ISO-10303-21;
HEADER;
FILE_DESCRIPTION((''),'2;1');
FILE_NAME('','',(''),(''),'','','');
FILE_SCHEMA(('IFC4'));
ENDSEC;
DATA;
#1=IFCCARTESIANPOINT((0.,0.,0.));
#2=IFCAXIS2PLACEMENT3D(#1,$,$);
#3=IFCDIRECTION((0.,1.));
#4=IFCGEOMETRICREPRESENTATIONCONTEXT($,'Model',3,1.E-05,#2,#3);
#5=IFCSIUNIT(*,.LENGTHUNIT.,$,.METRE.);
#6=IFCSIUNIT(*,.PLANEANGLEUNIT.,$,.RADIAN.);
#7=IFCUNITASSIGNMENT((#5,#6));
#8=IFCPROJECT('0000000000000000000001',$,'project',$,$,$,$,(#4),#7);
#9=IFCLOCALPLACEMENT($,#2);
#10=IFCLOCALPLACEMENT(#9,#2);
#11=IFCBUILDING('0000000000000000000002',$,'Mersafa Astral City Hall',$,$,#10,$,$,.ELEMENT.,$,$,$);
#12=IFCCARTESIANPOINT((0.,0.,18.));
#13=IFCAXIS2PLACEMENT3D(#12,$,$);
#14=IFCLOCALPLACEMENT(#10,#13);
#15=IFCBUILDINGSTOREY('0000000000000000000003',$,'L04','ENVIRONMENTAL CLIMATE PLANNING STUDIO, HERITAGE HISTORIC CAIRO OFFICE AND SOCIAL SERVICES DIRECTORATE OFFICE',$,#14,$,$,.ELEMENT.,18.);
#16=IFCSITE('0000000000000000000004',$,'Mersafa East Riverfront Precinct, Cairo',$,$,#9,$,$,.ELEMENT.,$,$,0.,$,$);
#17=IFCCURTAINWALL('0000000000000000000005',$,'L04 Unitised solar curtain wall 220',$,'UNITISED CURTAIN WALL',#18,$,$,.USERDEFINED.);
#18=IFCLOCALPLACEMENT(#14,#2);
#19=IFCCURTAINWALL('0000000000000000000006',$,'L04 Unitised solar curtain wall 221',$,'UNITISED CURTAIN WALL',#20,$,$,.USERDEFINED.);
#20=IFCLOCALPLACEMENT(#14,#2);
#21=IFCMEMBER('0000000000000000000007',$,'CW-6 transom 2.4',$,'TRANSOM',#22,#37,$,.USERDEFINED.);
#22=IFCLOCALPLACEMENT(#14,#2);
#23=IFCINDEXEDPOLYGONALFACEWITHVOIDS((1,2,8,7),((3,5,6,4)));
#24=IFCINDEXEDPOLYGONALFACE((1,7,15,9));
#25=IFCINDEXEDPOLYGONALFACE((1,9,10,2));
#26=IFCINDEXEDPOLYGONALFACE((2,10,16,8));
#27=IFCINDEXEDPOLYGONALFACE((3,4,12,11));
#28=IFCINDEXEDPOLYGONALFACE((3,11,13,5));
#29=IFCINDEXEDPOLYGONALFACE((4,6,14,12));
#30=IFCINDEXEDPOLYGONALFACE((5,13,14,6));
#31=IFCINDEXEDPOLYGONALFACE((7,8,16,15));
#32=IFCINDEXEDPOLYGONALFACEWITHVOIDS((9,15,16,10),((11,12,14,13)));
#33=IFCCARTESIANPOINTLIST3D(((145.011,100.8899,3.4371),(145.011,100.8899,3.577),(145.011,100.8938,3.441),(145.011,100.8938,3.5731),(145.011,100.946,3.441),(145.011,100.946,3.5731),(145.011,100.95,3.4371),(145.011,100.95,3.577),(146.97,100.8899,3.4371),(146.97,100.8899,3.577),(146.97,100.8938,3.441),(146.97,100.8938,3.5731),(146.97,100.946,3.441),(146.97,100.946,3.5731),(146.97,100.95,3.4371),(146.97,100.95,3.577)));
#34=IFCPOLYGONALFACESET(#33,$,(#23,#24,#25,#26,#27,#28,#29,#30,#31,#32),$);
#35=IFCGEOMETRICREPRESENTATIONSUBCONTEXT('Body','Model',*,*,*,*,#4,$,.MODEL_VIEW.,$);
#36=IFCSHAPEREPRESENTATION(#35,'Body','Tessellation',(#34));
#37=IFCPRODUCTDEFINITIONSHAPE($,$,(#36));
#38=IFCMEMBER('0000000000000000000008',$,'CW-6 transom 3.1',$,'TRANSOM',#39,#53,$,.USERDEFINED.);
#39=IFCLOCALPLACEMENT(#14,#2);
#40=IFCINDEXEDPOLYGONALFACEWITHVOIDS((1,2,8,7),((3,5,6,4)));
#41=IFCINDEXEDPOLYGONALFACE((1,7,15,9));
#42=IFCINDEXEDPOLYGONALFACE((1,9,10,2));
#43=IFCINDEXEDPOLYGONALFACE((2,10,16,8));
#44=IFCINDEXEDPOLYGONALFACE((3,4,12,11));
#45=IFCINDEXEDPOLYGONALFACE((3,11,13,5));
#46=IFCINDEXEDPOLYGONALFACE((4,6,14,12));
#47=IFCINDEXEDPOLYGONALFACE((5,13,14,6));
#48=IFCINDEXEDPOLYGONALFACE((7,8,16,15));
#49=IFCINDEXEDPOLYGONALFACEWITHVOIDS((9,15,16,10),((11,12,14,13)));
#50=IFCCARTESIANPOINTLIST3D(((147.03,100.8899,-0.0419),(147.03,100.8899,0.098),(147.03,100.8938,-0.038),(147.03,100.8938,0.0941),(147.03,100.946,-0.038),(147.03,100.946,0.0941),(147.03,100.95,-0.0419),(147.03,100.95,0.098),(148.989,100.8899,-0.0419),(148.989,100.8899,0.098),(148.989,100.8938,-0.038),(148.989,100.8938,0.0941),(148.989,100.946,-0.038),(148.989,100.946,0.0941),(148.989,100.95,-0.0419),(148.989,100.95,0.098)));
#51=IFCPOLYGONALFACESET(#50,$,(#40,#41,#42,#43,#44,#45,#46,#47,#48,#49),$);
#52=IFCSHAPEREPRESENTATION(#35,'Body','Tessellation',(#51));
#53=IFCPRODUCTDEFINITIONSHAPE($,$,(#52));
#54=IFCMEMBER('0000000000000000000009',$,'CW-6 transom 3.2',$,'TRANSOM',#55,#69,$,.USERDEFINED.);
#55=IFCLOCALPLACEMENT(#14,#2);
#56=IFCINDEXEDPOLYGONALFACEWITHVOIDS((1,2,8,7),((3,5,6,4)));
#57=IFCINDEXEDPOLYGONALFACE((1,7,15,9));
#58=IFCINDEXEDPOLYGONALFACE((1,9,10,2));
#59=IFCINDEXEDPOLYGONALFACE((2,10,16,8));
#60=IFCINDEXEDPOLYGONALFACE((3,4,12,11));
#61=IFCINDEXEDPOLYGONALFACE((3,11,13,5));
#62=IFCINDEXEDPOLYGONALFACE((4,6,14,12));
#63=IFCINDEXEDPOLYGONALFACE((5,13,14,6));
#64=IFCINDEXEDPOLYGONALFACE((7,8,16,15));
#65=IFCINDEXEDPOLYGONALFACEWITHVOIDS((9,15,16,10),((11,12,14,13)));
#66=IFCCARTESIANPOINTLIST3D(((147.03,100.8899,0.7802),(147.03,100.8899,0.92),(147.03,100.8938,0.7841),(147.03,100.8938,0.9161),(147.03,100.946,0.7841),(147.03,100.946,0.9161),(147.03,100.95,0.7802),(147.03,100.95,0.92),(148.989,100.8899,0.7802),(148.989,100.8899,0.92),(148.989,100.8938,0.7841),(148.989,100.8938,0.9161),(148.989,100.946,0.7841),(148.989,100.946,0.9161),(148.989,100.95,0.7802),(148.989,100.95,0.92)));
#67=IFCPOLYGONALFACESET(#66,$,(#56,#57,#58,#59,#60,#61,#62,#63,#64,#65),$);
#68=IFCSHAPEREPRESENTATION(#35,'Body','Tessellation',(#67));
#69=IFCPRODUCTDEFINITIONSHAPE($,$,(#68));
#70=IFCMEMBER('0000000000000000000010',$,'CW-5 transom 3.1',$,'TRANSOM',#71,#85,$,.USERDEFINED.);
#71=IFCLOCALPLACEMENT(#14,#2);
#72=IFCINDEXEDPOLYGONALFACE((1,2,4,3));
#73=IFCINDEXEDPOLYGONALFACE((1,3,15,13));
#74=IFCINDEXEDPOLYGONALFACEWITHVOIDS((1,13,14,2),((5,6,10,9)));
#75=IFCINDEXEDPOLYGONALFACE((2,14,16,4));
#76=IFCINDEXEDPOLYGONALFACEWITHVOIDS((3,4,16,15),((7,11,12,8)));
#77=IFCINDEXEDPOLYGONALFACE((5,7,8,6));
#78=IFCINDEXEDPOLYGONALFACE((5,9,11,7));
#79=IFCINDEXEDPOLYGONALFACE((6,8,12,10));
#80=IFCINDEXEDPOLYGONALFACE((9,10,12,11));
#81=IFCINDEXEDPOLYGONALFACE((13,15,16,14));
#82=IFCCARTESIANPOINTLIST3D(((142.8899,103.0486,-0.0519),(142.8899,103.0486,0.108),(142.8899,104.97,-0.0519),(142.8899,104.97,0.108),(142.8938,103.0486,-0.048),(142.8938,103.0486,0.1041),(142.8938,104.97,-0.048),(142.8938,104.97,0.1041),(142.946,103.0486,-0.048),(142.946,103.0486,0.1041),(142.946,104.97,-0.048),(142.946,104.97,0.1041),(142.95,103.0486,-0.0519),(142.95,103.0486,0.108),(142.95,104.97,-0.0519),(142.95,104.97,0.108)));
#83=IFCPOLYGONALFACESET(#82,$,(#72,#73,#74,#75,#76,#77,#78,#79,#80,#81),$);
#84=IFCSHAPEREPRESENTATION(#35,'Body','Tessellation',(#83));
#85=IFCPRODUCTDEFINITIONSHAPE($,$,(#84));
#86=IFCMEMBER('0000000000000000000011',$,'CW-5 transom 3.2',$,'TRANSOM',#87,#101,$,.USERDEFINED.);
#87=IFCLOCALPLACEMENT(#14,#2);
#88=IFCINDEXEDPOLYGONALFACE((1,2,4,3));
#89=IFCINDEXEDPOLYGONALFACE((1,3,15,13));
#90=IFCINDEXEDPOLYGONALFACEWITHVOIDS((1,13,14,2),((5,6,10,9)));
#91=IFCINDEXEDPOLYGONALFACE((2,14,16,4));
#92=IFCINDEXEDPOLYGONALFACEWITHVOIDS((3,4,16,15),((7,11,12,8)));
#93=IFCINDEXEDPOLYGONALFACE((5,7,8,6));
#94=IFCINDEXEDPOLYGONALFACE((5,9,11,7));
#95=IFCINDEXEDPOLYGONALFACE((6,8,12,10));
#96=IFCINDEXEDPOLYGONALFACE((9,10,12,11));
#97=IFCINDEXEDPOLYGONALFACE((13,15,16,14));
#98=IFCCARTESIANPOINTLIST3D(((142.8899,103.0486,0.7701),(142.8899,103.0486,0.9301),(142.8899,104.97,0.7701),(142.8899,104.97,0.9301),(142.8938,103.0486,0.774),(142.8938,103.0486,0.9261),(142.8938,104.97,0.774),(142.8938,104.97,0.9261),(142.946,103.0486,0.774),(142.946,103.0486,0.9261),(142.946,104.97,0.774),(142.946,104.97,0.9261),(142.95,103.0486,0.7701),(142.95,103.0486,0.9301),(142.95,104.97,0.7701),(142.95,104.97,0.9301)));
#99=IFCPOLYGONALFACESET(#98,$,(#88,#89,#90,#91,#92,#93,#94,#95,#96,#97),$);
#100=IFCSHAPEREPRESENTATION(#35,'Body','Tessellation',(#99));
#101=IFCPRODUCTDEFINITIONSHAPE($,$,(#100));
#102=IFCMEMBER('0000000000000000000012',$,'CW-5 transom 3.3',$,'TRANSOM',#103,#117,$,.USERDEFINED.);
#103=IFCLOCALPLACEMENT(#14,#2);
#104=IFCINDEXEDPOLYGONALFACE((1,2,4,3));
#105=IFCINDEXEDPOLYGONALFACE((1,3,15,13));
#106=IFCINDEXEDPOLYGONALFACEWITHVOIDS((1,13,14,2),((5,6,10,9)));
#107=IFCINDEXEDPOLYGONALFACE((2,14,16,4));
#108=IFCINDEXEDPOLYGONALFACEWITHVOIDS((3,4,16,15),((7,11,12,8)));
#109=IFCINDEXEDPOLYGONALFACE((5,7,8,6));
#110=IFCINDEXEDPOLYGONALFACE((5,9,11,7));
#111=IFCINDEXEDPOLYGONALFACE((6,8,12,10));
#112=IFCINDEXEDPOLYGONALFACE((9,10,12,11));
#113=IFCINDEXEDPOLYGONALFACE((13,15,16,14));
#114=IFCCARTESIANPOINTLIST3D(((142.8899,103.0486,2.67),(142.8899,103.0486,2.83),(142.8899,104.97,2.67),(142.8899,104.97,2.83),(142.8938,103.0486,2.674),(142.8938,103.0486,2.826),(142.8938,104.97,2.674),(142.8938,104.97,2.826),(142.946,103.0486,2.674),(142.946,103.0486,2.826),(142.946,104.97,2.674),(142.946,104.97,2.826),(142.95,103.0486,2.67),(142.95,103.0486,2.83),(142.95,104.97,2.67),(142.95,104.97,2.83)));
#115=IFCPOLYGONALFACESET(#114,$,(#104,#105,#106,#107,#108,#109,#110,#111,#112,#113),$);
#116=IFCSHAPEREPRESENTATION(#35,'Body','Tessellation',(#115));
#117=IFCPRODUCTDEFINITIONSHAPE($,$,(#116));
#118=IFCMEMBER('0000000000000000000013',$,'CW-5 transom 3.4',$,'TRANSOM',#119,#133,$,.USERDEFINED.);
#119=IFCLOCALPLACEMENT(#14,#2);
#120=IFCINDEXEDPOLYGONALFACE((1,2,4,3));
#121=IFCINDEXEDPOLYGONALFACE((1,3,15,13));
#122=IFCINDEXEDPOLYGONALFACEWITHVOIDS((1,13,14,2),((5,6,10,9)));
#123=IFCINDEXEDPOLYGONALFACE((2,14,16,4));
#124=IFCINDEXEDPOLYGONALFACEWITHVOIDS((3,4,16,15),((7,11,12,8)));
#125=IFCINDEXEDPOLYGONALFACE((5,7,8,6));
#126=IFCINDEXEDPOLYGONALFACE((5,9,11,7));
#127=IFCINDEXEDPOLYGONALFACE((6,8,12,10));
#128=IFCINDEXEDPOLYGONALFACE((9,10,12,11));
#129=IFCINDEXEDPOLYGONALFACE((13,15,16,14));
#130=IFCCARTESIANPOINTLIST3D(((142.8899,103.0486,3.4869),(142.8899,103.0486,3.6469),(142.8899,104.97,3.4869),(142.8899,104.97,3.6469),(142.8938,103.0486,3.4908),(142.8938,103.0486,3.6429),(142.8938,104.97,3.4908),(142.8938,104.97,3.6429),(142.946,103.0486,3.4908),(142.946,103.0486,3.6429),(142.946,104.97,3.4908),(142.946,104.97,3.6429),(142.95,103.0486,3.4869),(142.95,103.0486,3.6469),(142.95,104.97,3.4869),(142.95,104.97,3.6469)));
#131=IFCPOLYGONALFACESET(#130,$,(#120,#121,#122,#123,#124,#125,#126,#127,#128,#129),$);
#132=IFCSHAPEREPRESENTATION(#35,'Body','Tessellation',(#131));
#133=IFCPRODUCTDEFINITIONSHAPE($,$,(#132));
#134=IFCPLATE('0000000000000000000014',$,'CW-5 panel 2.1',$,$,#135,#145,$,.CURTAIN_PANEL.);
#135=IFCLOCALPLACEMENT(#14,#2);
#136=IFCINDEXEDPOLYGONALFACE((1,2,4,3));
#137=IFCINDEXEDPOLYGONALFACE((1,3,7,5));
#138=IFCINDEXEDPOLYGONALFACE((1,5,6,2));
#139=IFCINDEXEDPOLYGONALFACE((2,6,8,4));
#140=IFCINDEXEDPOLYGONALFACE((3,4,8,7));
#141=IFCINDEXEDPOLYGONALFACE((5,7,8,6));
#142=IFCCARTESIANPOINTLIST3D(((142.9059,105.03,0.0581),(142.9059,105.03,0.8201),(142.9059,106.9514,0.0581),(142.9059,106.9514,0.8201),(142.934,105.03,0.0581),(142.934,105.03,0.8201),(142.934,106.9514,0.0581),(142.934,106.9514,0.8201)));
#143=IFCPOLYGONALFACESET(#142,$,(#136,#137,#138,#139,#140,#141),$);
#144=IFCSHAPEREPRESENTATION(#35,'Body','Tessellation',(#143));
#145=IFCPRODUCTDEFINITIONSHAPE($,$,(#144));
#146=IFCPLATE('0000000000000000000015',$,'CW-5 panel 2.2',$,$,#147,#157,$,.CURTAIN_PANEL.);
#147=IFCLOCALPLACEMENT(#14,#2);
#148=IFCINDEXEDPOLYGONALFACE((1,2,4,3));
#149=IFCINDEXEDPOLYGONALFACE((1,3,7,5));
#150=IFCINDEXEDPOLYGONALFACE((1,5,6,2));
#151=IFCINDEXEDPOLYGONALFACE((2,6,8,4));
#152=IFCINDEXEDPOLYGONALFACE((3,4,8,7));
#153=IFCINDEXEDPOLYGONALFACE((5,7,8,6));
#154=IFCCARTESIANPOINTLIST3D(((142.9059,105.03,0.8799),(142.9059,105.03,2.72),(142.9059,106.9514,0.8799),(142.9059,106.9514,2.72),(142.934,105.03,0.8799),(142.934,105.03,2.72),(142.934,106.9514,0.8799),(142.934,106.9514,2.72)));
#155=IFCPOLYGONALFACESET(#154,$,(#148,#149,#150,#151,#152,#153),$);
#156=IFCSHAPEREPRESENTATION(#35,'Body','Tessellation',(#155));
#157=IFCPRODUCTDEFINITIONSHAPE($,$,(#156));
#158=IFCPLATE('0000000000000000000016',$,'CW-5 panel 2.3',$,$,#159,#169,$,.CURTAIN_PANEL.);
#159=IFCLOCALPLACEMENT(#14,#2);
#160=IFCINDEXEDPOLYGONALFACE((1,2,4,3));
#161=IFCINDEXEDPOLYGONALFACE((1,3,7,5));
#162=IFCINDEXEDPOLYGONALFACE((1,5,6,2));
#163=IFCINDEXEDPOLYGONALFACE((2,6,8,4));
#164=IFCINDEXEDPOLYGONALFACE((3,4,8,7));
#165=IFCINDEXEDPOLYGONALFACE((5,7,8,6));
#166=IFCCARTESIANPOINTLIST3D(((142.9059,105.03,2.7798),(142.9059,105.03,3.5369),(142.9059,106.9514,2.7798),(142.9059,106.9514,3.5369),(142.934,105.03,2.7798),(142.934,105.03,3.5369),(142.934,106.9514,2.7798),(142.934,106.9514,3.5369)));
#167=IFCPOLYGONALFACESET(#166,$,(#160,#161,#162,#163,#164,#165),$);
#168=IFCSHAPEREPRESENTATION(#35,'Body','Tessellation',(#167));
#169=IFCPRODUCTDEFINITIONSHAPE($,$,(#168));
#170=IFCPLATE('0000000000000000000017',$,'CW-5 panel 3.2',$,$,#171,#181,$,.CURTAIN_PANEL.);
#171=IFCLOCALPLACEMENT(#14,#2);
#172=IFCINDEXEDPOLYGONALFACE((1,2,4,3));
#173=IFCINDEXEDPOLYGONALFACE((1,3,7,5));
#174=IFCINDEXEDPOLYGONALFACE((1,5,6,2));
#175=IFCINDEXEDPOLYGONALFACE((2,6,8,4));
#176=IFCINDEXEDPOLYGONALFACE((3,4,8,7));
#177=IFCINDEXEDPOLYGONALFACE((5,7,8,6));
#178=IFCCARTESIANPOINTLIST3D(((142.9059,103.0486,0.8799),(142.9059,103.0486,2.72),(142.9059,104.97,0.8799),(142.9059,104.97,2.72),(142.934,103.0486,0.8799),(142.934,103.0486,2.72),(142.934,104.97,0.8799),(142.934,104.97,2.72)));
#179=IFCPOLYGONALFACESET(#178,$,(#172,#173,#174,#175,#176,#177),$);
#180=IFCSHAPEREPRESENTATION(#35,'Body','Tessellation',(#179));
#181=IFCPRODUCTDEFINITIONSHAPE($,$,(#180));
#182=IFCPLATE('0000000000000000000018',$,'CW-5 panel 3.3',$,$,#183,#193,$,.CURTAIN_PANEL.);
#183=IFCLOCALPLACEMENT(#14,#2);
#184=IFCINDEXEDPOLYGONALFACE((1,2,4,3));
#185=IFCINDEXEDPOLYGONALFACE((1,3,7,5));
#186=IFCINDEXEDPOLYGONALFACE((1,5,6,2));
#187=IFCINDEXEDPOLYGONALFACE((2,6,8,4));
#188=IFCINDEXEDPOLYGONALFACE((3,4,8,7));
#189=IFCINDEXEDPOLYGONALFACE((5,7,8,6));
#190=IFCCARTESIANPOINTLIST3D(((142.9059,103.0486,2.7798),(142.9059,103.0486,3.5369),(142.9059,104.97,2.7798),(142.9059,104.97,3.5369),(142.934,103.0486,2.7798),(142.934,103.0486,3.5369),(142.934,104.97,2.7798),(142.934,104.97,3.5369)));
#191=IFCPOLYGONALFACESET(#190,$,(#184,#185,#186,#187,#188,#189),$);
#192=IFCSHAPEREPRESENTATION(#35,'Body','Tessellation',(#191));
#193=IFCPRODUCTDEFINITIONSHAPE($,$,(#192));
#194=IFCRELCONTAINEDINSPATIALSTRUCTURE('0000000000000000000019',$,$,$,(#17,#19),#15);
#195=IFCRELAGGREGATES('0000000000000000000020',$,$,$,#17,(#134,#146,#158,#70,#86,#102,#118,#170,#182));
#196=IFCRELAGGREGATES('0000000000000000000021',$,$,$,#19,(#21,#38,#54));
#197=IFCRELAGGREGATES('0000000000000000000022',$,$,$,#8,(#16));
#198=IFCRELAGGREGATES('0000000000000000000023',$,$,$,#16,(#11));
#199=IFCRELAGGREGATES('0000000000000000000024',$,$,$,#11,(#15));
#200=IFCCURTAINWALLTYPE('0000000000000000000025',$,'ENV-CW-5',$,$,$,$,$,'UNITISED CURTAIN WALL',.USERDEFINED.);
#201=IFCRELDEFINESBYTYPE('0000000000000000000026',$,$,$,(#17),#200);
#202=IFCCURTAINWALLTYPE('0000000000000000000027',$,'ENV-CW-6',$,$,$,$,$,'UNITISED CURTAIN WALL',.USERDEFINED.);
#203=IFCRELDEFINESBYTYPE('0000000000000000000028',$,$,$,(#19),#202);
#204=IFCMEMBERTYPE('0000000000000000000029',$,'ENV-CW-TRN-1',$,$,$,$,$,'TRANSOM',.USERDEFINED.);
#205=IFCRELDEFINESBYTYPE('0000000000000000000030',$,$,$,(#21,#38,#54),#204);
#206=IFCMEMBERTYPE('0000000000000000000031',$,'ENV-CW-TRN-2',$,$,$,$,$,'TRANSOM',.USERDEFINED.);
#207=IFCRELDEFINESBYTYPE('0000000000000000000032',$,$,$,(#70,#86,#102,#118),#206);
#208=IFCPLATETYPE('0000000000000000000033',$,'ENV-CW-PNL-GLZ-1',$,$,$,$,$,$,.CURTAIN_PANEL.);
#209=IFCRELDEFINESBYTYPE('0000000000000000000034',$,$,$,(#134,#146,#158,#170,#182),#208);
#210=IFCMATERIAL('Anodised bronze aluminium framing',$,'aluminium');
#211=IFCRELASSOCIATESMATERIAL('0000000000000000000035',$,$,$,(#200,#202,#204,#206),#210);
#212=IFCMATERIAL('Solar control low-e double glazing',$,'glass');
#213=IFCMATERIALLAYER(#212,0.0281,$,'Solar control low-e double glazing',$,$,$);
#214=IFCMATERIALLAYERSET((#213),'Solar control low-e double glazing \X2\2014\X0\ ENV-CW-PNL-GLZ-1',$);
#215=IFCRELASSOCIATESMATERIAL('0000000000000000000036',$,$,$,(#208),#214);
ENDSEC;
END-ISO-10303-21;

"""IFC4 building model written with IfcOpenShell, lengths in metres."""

from ifc_helpers import new_model, si_unit, direction, frame, origin, origin_2d, place, context, subcontext, project, spatial, rectangle, hollow_rectangle, extrude, material, layer, layer_set, material_profile, profile_set, type_object, element, aggregate, save


model = new_model("IFC4")

# Units and contexts
model_context = context("Model", 3, precision=1e-05, world=origin(), true_north=direction((0.0, 1.0)))
body_context = subcontext(model_context, "Body", "Model", "MODEL_VIEW")
ifc_project = project(units=[si_unit("LENGTHUNIT", "METRE"), si_unit("PLANEANGLEUNIT", "RADIAN")], contexts=[model_context])

# Site, building, storey
site_placement = place(None, origin())
site = spatial("IfcSite", under=ifc_project, at=site_placement, Name="Mersafa East Riverfront Precinct, Cairo", CompositionType="ELEMENT", RefElevation=0.0)
building_placement = place(site_placement, origin())
building = spatial("IfcBuilding", under=site, at=building_placement, Name="Mersafa Astral City Hall", CompositionType="ELEMENT")
storey_placement = place(building_placement, frame((0.0, 0.0, 18.0)))
storey = spatial("IfcBuildingStorey", under=building, at=storey_placement, Name="L04", Description="ENVIRONMENTAL CLIMATE PLANNING STUDIO, HERITAGE HISTORIC CAIRO OFFICE AND SOCIAL SERVICES DIRECTORATE OFFICE", CompositionType="ELEMENT", Elevation=18.0)

# Curtain wall
ifc_material_1 = material(Name="Anodised bronze aluminium framing", Category="aluminium")
curtain_wall_type_1 = type_object("IfcCurtainWallType", Name="ENV-CW-5", ElementType="UNITISED CURTAIN WALL", PredefinedType="USERDEFINED", material=ifc_material_1)
curtain_wall_1_placement = place(storey_placement, origin())
curtain_wall_1 = element("IfcCurtainWall", 1, at=curtain_wall_1_placement, inside=storey, type_object=curtain_wall_type_1, Name="L04 Unitised solar curtain wall 220", ObjectType="UNITISED CURTAIN WALL", PredefinedType="USERDEFINED")

# Curtain wall, members
curtain_wall_type_2 = type_object("IfcCurtainWallType", Name="ENV-CW-6", ElementType="UNITISED CURTAIN WALL", PredefinedType="USERDEFINED", material=ifc_material_1)
curtain_wall_2_placement = place(storey_placement, origin())
curtain_wall_2 = element("IfcCurtainWall", 2, at=curtain_wall_2_placement, inside=storey, type_object=curtain_wall_type_2, Name="L04 Unitised solar curtain wall 221", ObjectType="UNITISED CURTAIN WALL", PredefinedType="USERDEFINED")
ifc_material_profile_1 = material_profile(ifc_material_1, hollow_rectangle(XDim=0.0601, YDim=0.1399, WallThickness=0.0039, at=origin_2d()), Name="RHS 60x140x4")
ifc_profile_set_1 = profile_set([ifc_material_profile_1], Name="Anodised bronze aluminium framing")
member_type_1 = type_object("IfcMemberType", Name="ENV-CW-TRN-1", ElementType="TRANSOM", PredefinedType="USERDEFINED", material=ifc_profile_set_1)
member_1_placement = place(storey_placement, frame((145.011, 100.9199, 3.5071), z_axis=(1.0, 0.0, 0.0), x_axis=(0.0, 1.0, 0.0)))
member_1 = element("IfcMember", 3, at=member_1_placement, type_object=member_type_1, Name="CW-6 transom 2.4", ObjectType="TRANSOM", PredefinedType="USERDEFINED", context=body_context, shape_type="SweptSolid", body=[
    extrude(hollow_rectangle(XDim=0.0601, YDim=0.1399, WallThickness=0.0039, at=origin_2d()), origin(), (0.0, 0.0, 1.0), 1.959),
])
member_2_placement = place(storey_placement, frame((147.03, 100.9199, 0.0281), z_axis=(1.0, 0.0, 0.0), x_axis=(0.0, 1.0, 0.0)))
member_2 = element("IfcMember", 4, at=member_2_placement, type_object=member_type_1, Name="CW-6 transom 3.1", ObjectType="TRANSOM", PredefinedType="USERDEFINED", context=body_context, shape_type="SweptSolid", body=[
    extrude(hollow_rectangle(XDim=0.0601, YDim=0.1399, WallThickness=0.0039, at=origin_2d()), origin(), (0.0, 0.0, 1.0), 1.959),
])
member_3_placement = place(storey_placement, frame((147.03, 100.9199, 0.8501), z_axis=(1.0, 0.0, 0.0), x_axis=(0.0, 1.0, 0.0)))
member_3 = element("IfcMember", 5, at=member_3_placement, type_object=member_type_1, Name="CW-6 transom 3.2", ObjectType="TRANSOM", PredefinedType="USERDEFINED", context=body_context, shape_type="SweptSolid", body=[
    extrude(hollow_rectangle(XDim=0.0601, YDim=0.1399, WallThickness=0.0039, at=origin_2d()), origin(), (0.0, 0.0, 1.0), 1.959),
])

# Members
ifc_material_profile_2 = material_profile(ifc_material_1, hollow_rectangle(XDim=0.0601, YDim=0.1599, WallThickness=0.0039, at=origin_2d()), Name="RHS 60x160x4")
ifc_profile_set_2 = profile_set([ifc_material_profile_2], Name="Anodised bronze aluminium framing")
member_type_2 = type_object("IfcMemberType", Name="ENV-CW-TRN-2", ElementType="TRANSOM", PredefinedType="USERDEFINED", material=ifc_profile_set_2)
member_4_placement = place(storey_placement, frame((142.9199, 104.97, 0.0281), z_axis=(0.0, -1.0, 0.0), x_axis=(1.0, 0.0, 0.0)))
member_4 = element("IfcMember", 6, at=member_4_placement, type_object=member_type_2, Name="CW-5 transom 3.1", ObjectType="TRANSOM", PredefinedType="USERDEFINED", context=body_context, shape_type="SweptSolid", body=[
    extrude(hollow_rectangle(XDim=0.0601, YDim=0.1599, WallThickness=0.0039, at=origin_2d()), origin(), (0.0, 0.0, 1.0), 1.9214),
])
member_5_placement = place(storey_placement, frame((142.9199, 104.97, 0.8501), z_axis=(0.0, -1.0, 0.0), x_axis=(1.0, 0.0, 0.0)))
member_5 = element("IfcMember", 7, at=member_5_placement, type_object=member_type_2, Name="CW-5 transom 3.2", ObjectType="TRANSOM", PredefinedType="USERDEFINED", context=body_context, shape_type="SweptSolid", body=[
    extrude(hollow_rectangle(XDim=0.0601, YDim=0.1599, WallThickness=0.0039, at=origin_2d()), origin(), (0.0, 0.0, 1.0), 1.9214),
])
member_6_placement = place(storey_placement, frame((142.9199, 104.97, 2.75), z_axis=(0.0, -1.0, 0.0), x_axis=(1.0, 0.0, 0.0)))
member_6 = element("IfcMember", 8, at=member_6_placement, type_object=member_type_2, Name="CW-5 transom 3.3", ObjectType="TRANSOM", PredefinedType="USERDEFINED", context=body_context, shape_type="SweptSolid", body=[
    extrude(hollow_rectangle(XDim=0.0601, YDim=0.1599, WallThickness=0.0039, at=origin_2d()), origin(), (0.0, 0.0, 1.0), 1.9214),
])
member_7_placement = place(storey_placement, frame((142.9199, 104.97, 3.5669), z_axis=(0.0, -1.0, 0.0), x_axis=(1.0, 0.0, 0.0)))
member_7 = element("IfcMember", 9, at=member_7_placement, type_object=member_type_2, Name="CW-5 transom 3.4", ObjectType="TRANSOM", PredefinedType="USERDEFINED", context=body_context, shape_type="SweptSolid", body=[
    extrude(hollow_rectangle(XDim=0.0601, YDim=0.1599, WallThickness=0.0039, at=origin_2d()), origin(), (0.0, 0.0, 1.0), 1.9214),
])

# Plates
ifc_material_2 = material(Name="Solar control low-e double glazing", Category="glass")
ifc_layer_1 = layer(ifc_material_2, 0.0281, Name="Solar control low-e double glazing")
ifc_layer_set_1 = layer_set([ifc_layer_1], Name="Solar control low-e double glazing — ENV-CW-PNL-GLZ-1")
plate_type_1 = type_object("IfcPlateType", Name="ENV-CW-PNL-GLZ-1", PredefinedType="CURTAIN_PANEL", material=ifc_layer_set_1)
plate_1_placement = place(storey_placement, frame((142.9199, 105.9907, 0.0581), z_axis=(0.0, 0.0, 1.0), x_axis=(0.0, -1.0, 0.0)))
plate_1 = element("IfcPlate", 10, at=plate_1_placement, type_object=plate_type_1, Name="CW-5 panel 2.1", PredefinedType="CURTAIN_PANEL", context=body_context, shape_type="SweptSolid", body=[
    extrude(rectangle(XDim=1.9214, YDim=0.0281, at=origin_2d()), origin(), (0.0, 0.0, 1.0), 0.762),
])
plate_2_placement = place(storey_placement, frame((142.9199, 105.9907, 0.8799), z_axis=(0.0, 0.0, 1.0), x_axis=(0.0, -1.0, 0.0)))
plate_2 = element("IfcPlate", 11, at=plate_2_placement, type_object=plate_type_1, Name="CW-5 panel 2.2", PredefinedType="CURTAIN_PANEL", context=body_context, shape_type="SweptSolid", body=[
    extrude(rectangle(XDim=1.9214, YDim=0.0281, at=origin_2d()), origin(), (0.0, 0.0, 1.0), 1.8401),
])
plate_3_placement = place(storey_placement, frame((142.9199, 105.9907, 2.7798), z_axis=(0.0, 0.0, 1.0), x_axis=(0.0, -1.0, 0.0)))
plate_3 = element("IfcPlate", 12, at=plate_3_placement, type_object=plate_type_1, Name="CW-5 panel 2.3", PredefinedType="CURTAIN_PANEL", context=body_context, shape_type="SweptSolid", body=[
    extrude(rectangle(XDim=1.9214, YDim=0.0281, at=origin_2d()), origin(), (0.0, 0.0, 1.0), 0.7571),
])
plate_4_placement = place(storey_placement, frame((142.9199, 104.0093, 0.8799), z_axis=(0.0, 0.0, 1.0), x_axis=(0.0, -1.0, 0.0)))
plate_4 = element("IfcPlate", 13, at=plate_4_placement, type_object=plate_type_1, Name="CW-5 panel 3.2", PredefinedType="CURTAIN_PANEL", context=body_context, shape_type="SweptSolid", body=[
    extrude(rectangle(XDim=1.9214, YDim=0.0281, at=origin_2d()), origin(), (0.0, 0.0, 1.0), 1.8401),
])
plate_5_placement = place(storey_placement, frame((142.9199, 104.0093, 2.7798), z_axis=(0.0, 0.0, 1.0), x_axis=(0.0, -1.0, 0.0)))
plate_5 = element("IfcPlate", 14, at=plate_5_placement, type_object=plate_type_1, Name="CW-5 panel 3.3", PredefinedType="CURTAIN_PANEL", context=body_context, shape_type="SweptSolid", body=[
    extrude(rectangle(XDim=1.9214, YDim=0.0281, at=origin_2d()), origin(), (0.0, 0.0, 1.0), 0.7571),
])
aggregate(curtain_wall_1, [plate_1, plate_2, plate_3, member_4, member_5, member_6, member_7, plate_4, plate_5])
aggregate(curtain_wall_2, [member_1, member_2, member_3])

save(model, "model.ifc")
